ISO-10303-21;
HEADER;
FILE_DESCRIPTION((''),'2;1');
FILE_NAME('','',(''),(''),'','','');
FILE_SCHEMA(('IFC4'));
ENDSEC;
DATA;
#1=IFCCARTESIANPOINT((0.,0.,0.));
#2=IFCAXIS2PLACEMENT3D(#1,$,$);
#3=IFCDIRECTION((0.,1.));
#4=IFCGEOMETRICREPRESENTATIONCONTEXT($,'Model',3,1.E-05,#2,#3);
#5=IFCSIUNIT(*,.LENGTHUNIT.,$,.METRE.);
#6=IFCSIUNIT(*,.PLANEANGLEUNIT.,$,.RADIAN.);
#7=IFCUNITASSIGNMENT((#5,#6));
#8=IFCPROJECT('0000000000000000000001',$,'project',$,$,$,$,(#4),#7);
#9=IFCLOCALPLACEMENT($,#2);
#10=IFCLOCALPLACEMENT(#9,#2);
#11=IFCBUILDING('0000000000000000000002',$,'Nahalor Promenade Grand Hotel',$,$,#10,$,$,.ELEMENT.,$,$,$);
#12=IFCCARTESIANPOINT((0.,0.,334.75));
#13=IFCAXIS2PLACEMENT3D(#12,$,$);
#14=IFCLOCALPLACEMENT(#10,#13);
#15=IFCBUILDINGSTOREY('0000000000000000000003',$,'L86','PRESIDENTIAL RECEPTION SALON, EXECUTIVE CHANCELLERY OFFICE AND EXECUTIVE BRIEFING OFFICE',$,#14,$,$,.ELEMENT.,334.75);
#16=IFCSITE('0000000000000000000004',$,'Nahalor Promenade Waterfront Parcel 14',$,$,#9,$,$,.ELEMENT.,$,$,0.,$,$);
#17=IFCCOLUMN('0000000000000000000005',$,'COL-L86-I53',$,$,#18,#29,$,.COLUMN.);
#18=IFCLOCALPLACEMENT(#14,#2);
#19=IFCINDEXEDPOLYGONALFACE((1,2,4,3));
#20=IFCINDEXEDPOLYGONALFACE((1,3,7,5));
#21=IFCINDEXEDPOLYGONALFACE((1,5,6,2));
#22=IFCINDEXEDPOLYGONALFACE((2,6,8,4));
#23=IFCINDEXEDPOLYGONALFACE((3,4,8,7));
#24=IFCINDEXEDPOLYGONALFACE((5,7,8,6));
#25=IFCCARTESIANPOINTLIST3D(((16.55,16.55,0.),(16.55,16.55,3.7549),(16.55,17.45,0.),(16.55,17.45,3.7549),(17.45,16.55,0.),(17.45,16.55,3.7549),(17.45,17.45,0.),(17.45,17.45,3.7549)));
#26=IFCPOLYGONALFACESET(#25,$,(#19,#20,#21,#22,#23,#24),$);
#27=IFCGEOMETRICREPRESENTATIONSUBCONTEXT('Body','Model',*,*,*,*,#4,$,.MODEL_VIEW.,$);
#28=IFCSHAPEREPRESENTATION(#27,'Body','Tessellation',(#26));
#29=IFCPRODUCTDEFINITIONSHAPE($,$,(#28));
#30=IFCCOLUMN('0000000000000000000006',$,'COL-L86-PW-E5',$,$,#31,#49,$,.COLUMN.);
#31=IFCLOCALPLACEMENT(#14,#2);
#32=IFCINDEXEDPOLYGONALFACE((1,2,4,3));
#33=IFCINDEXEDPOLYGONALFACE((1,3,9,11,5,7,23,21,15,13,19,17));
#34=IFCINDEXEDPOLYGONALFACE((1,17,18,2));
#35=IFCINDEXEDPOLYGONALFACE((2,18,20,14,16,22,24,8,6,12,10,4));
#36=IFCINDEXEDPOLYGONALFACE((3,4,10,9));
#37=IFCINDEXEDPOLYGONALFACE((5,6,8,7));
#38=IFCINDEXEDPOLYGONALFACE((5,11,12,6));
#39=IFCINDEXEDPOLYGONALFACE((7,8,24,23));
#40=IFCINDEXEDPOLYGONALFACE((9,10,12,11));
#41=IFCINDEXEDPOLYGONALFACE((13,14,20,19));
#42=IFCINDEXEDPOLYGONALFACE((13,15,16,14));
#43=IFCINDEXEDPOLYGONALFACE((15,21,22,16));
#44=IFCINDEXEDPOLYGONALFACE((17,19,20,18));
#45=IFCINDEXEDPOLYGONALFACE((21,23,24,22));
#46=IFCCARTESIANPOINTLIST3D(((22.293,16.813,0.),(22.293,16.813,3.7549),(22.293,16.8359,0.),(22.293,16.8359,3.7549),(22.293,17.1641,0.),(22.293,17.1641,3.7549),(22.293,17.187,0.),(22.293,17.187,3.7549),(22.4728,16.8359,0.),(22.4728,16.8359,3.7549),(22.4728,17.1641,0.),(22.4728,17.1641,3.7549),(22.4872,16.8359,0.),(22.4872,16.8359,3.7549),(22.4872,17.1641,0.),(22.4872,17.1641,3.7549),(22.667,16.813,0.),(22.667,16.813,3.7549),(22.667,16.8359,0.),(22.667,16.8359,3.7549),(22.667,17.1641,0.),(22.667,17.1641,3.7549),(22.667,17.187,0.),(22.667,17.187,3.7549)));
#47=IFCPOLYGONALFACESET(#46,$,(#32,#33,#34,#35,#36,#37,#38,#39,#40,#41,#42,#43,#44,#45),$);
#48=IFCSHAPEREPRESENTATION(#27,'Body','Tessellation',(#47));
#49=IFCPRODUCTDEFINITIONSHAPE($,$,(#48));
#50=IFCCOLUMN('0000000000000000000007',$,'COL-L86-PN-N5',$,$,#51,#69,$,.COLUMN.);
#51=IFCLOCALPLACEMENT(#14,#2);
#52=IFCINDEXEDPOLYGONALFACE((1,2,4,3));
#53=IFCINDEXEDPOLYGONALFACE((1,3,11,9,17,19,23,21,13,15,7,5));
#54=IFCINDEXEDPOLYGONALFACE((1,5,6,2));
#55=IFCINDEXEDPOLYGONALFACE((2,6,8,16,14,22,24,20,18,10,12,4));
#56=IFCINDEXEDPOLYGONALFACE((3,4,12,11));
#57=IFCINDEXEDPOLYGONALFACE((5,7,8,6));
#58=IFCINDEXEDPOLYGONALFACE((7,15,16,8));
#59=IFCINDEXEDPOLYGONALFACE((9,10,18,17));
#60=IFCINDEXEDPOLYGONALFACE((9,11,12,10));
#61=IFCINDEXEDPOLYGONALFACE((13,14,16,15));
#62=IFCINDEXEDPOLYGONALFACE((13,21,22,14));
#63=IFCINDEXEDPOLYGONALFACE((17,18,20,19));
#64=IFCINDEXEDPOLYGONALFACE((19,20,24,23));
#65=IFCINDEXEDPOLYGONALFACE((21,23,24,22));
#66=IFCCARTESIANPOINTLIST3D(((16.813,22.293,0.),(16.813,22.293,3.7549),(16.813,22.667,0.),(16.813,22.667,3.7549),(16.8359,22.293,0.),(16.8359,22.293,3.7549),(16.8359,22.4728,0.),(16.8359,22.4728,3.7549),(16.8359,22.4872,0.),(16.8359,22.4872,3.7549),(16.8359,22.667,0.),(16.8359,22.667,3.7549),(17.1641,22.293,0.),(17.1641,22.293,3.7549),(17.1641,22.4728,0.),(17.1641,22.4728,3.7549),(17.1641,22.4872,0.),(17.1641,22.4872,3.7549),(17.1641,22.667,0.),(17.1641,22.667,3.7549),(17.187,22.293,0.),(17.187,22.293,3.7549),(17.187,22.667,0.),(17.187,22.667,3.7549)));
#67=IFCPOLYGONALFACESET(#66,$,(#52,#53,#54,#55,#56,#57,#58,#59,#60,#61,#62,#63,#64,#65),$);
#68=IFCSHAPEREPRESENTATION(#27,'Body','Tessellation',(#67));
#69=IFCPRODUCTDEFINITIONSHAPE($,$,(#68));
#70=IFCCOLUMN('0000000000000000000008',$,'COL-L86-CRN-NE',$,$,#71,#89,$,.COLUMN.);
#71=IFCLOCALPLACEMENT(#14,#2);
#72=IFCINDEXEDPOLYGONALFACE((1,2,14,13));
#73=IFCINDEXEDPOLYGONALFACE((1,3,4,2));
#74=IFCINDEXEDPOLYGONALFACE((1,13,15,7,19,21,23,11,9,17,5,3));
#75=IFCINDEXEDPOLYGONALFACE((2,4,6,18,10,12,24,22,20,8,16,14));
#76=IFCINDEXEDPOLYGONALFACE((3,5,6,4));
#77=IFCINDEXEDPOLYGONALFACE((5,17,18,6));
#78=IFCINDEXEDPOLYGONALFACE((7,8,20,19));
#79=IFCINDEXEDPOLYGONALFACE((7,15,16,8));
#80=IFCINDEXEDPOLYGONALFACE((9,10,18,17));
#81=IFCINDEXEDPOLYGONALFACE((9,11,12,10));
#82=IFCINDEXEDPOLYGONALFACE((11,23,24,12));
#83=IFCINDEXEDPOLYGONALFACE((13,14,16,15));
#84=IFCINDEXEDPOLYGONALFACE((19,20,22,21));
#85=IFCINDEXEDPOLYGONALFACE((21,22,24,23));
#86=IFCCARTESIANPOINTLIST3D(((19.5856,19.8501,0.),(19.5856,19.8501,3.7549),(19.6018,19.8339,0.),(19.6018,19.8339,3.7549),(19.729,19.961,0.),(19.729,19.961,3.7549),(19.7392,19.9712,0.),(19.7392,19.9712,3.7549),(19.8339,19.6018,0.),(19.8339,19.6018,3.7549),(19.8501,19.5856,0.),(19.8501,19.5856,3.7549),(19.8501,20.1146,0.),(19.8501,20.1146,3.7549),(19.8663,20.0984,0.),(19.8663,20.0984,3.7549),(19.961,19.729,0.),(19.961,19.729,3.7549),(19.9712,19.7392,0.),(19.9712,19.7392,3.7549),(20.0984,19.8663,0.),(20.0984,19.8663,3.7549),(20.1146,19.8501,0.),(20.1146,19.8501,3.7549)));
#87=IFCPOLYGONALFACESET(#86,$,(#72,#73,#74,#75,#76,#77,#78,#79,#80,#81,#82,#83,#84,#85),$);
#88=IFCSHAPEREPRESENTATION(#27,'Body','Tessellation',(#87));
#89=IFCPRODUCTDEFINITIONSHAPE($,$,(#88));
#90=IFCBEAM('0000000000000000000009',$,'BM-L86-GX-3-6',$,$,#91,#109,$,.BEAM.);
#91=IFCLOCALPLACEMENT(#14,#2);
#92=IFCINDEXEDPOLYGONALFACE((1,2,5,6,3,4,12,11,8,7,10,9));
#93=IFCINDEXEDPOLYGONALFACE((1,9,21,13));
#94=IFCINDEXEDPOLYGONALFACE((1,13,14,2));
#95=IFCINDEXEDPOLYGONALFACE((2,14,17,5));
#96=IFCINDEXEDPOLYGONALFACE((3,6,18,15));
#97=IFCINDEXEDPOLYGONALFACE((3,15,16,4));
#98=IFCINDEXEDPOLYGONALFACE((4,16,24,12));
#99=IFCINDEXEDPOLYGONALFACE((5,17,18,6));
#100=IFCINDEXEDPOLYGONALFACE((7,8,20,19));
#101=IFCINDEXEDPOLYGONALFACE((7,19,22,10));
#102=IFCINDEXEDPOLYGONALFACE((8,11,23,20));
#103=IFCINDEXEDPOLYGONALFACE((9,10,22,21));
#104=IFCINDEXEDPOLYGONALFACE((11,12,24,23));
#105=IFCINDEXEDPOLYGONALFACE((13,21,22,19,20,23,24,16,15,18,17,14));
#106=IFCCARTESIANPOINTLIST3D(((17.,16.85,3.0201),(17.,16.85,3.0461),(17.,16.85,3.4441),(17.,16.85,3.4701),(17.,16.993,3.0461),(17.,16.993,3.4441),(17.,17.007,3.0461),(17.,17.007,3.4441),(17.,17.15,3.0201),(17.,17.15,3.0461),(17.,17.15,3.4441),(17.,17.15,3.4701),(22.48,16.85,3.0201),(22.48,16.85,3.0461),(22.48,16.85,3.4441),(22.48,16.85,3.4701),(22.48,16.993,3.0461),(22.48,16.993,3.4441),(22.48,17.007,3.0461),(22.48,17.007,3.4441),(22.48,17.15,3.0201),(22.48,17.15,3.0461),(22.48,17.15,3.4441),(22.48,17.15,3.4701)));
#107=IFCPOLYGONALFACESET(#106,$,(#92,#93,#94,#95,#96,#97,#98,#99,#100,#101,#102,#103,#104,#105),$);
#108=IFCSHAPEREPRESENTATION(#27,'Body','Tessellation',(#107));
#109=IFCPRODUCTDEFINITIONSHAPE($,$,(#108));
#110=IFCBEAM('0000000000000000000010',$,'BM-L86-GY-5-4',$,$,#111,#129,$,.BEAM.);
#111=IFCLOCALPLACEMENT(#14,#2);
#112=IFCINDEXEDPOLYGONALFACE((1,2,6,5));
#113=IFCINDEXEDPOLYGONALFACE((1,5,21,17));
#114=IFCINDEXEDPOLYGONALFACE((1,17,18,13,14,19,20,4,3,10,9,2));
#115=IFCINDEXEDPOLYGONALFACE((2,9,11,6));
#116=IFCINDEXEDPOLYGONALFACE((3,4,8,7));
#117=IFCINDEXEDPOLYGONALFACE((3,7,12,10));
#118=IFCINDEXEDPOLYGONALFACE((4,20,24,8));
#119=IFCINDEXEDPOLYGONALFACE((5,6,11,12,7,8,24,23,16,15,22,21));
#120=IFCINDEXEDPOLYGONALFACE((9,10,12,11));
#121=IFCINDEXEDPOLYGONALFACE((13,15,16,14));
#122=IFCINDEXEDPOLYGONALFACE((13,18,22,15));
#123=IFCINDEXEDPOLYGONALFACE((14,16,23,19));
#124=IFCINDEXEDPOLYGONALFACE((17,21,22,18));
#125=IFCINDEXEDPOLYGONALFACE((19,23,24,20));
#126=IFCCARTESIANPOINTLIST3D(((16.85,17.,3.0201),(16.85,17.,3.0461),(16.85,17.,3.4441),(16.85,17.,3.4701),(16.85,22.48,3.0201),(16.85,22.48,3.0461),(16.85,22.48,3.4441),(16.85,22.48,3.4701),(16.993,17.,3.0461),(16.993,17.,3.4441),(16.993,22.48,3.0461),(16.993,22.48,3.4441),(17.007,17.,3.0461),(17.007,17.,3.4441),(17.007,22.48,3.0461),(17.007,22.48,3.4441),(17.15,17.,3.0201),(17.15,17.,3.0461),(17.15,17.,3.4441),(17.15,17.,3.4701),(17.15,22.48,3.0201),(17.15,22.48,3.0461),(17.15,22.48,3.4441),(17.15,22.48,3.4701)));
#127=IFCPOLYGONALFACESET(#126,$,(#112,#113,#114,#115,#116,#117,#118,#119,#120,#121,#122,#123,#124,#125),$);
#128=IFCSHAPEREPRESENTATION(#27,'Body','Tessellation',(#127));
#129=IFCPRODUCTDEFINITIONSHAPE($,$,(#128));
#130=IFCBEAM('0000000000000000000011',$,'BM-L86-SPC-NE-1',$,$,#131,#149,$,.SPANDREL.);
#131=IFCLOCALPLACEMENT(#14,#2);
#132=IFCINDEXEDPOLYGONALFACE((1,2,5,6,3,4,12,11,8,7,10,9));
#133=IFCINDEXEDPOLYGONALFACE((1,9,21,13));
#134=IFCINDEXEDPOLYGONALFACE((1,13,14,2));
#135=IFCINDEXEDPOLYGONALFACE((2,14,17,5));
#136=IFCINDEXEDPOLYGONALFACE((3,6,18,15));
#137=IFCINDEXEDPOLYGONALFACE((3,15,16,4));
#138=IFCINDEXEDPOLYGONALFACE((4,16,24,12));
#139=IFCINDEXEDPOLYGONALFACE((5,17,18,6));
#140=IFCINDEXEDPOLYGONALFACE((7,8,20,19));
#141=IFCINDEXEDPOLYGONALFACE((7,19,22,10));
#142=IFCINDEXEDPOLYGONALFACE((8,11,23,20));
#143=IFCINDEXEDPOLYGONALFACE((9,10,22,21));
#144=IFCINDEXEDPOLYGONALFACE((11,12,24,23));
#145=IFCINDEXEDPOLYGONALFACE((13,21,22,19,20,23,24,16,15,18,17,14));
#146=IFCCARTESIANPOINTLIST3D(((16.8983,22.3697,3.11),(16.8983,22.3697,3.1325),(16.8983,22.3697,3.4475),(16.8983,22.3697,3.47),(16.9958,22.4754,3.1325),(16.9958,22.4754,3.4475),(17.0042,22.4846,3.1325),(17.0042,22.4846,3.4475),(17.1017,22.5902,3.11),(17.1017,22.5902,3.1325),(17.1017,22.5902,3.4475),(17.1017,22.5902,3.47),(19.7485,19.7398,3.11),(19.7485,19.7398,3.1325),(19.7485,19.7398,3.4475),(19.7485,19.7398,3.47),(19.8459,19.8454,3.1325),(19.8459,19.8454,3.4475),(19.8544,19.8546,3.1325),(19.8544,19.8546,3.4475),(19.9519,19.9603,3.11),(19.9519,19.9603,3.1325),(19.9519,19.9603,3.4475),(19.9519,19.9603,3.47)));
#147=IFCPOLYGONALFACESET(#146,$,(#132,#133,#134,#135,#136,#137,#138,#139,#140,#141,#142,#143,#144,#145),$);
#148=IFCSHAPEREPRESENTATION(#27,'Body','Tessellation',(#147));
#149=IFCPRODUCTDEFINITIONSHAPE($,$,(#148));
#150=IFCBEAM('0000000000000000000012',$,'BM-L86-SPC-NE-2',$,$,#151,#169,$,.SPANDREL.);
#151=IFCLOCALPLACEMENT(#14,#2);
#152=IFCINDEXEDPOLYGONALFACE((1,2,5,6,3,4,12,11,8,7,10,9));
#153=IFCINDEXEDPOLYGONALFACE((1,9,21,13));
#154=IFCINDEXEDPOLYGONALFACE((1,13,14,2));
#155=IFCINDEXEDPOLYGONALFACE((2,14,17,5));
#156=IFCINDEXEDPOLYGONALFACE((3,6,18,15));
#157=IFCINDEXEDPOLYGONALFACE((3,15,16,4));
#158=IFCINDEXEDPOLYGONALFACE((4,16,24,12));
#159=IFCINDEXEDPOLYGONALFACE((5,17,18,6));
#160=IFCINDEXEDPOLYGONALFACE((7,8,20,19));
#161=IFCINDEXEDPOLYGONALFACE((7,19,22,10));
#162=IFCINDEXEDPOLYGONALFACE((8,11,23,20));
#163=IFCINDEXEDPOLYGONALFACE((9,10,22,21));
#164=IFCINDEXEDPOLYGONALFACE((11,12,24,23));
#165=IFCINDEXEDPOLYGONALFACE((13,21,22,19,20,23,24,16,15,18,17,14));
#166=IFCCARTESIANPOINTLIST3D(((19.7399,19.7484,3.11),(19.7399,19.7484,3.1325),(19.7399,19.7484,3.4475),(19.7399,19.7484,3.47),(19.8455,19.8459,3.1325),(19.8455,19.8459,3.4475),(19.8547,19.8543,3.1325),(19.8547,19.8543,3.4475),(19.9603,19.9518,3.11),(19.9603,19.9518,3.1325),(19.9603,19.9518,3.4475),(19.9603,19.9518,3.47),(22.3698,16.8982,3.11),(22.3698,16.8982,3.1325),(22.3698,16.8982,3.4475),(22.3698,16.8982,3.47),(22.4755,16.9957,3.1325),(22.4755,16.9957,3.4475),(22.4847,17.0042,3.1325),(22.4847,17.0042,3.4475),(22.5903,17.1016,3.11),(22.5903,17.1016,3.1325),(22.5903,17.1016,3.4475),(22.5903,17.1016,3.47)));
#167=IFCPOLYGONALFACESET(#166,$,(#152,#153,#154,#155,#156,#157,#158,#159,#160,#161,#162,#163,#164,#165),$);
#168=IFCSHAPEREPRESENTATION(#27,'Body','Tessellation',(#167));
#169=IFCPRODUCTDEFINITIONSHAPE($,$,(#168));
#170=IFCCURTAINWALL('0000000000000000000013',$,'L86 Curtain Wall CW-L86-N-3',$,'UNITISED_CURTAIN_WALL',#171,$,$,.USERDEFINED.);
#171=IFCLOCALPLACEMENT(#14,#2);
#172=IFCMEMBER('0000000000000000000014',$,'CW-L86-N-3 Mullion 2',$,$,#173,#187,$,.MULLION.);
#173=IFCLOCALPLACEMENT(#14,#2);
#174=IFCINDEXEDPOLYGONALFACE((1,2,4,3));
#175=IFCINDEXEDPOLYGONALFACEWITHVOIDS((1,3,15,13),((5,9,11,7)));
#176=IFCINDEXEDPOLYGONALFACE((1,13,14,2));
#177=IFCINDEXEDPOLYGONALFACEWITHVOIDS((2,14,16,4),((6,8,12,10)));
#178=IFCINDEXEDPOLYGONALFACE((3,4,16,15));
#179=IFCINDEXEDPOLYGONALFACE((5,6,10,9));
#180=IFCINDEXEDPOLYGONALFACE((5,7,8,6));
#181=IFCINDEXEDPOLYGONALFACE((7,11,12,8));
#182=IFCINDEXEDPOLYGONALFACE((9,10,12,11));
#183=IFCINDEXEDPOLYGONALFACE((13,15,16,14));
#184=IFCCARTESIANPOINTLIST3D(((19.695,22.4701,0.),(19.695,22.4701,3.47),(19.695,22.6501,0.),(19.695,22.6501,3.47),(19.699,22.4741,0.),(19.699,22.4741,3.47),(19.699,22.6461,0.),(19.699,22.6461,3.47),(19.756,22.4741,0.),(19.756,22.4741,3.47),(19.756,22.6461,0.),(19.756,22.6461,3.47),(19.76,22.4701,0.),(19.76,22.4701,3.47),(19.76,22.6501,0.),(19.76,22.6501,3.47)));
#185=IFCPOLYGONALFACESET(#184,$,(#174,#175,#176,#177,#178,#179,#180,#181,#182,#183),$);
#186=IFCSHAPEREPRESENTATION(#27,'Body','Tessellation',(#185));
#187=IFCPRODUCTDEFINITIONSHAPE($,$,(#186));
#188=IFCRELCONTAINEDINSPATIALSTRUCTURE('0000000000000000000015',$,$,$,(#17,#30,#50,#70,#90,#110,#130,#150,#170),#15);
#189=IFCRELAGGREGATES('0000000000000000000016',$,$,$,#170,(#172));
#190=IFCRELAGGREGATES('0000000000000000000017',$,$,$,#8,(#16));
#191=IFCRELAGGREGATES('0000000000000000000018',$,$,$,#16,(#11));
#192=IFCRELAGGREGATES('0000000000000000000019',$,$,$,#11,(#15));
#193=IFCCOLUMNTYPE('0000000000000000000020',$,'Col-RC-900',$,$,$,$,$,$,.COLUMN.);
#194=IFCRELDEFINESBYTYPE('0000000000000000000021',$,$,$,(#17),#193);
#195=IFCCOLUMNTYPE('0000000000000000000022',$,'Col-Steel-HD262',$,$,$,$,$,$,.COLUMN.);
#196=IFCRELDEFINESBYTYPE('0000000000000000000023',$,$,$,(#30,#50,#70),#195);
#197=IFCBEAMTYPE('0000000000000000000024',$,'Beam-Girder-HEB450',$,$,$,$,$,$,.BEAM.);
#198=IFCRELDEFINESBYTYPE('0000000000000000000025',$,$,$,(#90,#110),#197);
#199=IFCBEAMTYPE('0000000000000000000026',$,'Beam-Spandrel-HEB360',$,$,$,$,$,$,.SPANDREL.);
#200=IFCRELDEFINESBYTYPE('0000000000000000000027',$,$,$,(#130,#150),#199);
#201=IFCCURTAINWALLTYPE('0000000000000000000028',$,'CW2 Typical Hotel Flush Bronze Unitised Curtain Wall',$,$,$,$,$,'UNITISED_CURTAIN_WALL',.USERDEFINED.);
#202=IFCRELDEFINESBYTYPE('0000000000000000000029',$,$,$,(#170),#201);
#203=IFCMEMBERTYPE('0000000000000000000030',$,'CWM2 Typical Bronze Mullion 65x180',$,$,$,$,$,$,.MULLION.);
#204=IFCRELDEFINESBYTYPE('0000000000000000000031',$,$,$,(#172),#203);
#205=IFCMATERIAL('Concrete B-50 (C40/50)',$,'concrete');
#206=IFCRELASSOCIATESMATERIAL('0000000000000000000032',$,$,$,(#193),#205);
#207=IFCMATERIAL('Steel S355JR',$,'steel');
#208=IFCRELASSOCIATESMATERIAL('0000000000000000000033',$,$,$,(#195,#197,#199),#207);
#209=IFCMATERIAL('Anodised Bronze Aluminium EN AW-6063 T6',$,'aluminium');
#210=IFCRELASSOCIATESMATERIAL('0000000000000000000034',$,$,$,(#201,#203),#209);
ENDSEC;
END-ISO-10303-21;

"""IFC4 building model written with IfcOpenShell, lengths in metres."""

from ifc_helpers import new_model, si_unit, direction, frame, origin, origin_2d, place, context, subcontext, project, spatial, rectangle, hollow_rectangle, i_section, extrude, source, transform, mapped, material, material_profile, profile_set, type_object, element, aggregate, save


model = new_model("IFC4")

# Units and contexts
model_context = context("Model", 3, precision=1e-05, world=origin(), true_north=direction((0.0, 1.0)))
body_context = subcontext(model_context, "Body", "Model", "MODEL_VIEW")
ifc_project = project(units=[si_unit("LENGTHUNIT", "METRE"), si_unit("PLANEANGLEUNIT", "RADIAN")], contexts=[model_context])

# Site, building, storey
site_placement = place(None, origin())
site = spatial("IfcSite", under=ifc_project, at=site_placement, Name="Nahalor Promenade Waterfront Parcel 14", CompositionType="ELEMENT", RefElevation=0.0)
building_placement = place(site_placement, origin())
building = spatial("IfcBuilding", under=site, at=building_placement, Name="Nahalor Promenade Grand Hotel", CompositionType="ELEMENT")
storey_placement = place(building_placement, frame((0.0, 0.0, 334.75)))
storey = spatial("IfcBuildingStorey", under=building, at=storey_placement, Name="L86", Description="PRESIDENTIAL RECEPTION SALON, EXECUTIVE CHANCELLERY OFFICE AND EXECUTIVE BRIEFING OFFICE", CompositionType="ELEMENT", Elevation=334.75)

# Columns
ifc_material_1 = material(Name="Concrete B-50 (C40/50)", Category="concrete")
ifc_material_profile_1 = material_profile(ifc_material_1, rectangle(XDim=0.9, YDim=0.9, at=origin_2d()), Name="RC 900x900")
ifc_profile_set_1 = profile_set([ifc_material_profile_1], Name="Concrete B-50 (C40/50)")
column_type_1 = type_object("IfcColumnType", Name="Col-RC-900", PredefinedType="COLUMN", material=ifc_profile_set_1)
shared_shape_1 = source(origin(), body_context, "Body", "SweptSolid", [
    extrude(rectangle(XDim=0.9, YDim=0.9, at=origin_2d()), origin(), (0.0, 0.0, 1.0), 3.7549),
])
column_placement = place(storey_placement, frame((17.0, 17.0, 0.0), z_axis=(0.0, 0.0, 1.0), x_axis=(1.0, 0.0, 0.0)))
element("IfcColumn", 1, at=column_placement, inside=storey, type_object=column_type_1, Name="COL-L86-I53", PredefinedType="COLUMN", context=body_context, shape_type="MappedRepresentation", body=[
    mapped(shared_shape_1, transform((0.0, 0.0, 0.0), scale=1.0)),
])
ifc_material_2 = material(Name="Steel S355JR", Category="steel")
ifc_material_profile_2 = material_profile(ifc_material_2, i_section(OverallWidth=0.374, OverallDepth=0.374, WebThickness=0.0144, FlangeThickness=0.0229, at=origin_2d()), Name="HD 360x262")
ifc_profile_set_2 = profile_set([ifc_material_profile_2], Name="Steel S355JR")
column_type_2 = type_object("IfcColumnType", Name="Col-Steel-HD262", PredefinedType="COLUMN", material=ifc_profile_set_2)
shared_shape_2 = source(origin(), body_context, "Body", "SweptSolid", [
    extrude(i_section(OverallWidth=0.374, OverallDepth=0.374, WebThickness=0.0144, FlangeThickness=0.0229, at=origin_2d()), origin(), (0.0, 0.0, 1.0), 3.7549),
])
for number, where, z_axis, x_axis, name in (
    (2, (22.48, 17.0, 0.0), (0.0, 0.0, 1.0), (1.0, 0.0, 0.0), "COL-L86-PW-E5"),
    (3, (17.0, 22.48, 0.0), (0.0, 0.0, 1.0), (0.0, 1.0, 0.0), "COL-L86-PN-N5"),
    (4, (19.8501, 19.8501, 0.0), (0.0, 0.0, 1.0), (0.707107, 0.707107, 0.0), "COL-L86-CRN-NE"),
):
    element("IfcColumn", number, at=place(storey_placement, frame(where, z_axis=z_axis, x_axis=x_axis)), inside=storey, type_object=column_type_2, Name=name, PredefinedType="COLUMN", context=body_context, shape_type="MappedRepresentation", body=[
        mapped(shared_shape_2, transform((0.0, 0.0, 0.0), scale=1.0)),
    ])

# Beams
ifc_material_profile_3 = material_profile(ifc_material_2, i_section(OverallWidth=0.3, OverallDepth=0.45, WebThickness=0.014, FlangeThickness=0.026, at=origin_2d()), Name="HEB 450")
ifc_profile_set_3 = profile_set([ifc_material_profile_3], Name="Steel S355JR")
beam_type_1 = type_object("IfcBeamType", Name="Beam-Girder-HEB450", PredefinedType="BEAM", material=ifc_profile_set_3)
shared_shape_3 = source(origin(), body_context, "Body", "SweptSolid", [
    extrude(i_section(OverallWidth=0.3, OverallDepth=0.45, WebThickness=0.014, FlangeThickness=0.026, at=origin_2d()), origin(), (0.0, 0.0, 1.0), 5.48),
])
for number, where, z_axis, x_axis, name in (
    (5, (17.0, 17.0, 3.2451), (1.0, 0.0, 0.0), (0.0, 1.0, 0.0), "BM-L86-GX-3-6"),
    (6, (17.0, 17.0, 3.2451), (0.0, 1.0, 0.0), (-1.0, 0.0, 0.0), "BM-L86-GY-5-4"),
):
    element("IfcBeam", number, at=place(storey_placement, frame(where, z_axis=z_axis, x_axis=x_axis)), inside=storey, type_object=beam_type_1, Name=name, PredefinedType="BEAM", context=body_context, shape_type="MappedRepresentation", body=[
        mapped(shared_shape_3, transform((0.0, 0.0, 0.0), scale=1.0)),
    ])
ifc_material_profile_4 = material_profile(ifc_material_2, i_section(OverallWidth=0.3, OverallDepth=0.36, WebThickness=0.0125, FlangeThickness=0.0225, at=origin_2d()), Name="HEB 360")
ifc_profile_set_4 = profile_set([ifc_material_profile_4], Name="Steel S355JR")
beam_type_2 = type_object("IfcBeamType", Name="Beam-Spandrel-HEB360", PredefinedType="SPANDREL", material=ifc_profile_set_4)
shared_shape_4 = source(origin(), body_context, "Body", "SweptSolid", [
    extrude(i_section(OverallWidth=0.3, OverallDepth=0.36, WebThickness=0.0125, FlangeThickness=0.0225, at=origin_2d()), origin(), (0.0, 0.0, 1.0), 3.8782),
])
for number, where, z_axis, x_axis, name in (
    (7, (17.0, 22.48, 3.29), (0.734929, -0.678144, 0.0), (0.678144, 0.734929, 0.0), "BM-L86-SPC-NE-1"),
    (8, (19.8501, 19.8501, 3.29), (0.678144, -0.734929, 0.0), (0.734929, 0.678144, 0.0), "BM-L86-SPC-NE-2"),
):
    element("IfcBeam", number, at=place(storey_placement, frame(where, z_axis=z_axis, x_axis=x_axis)), inside=storey, type_object=beam_type_2, Name=name, PredefinedType="SPANDREL", context=body_context, shape_type="MappedRepresentation", body=[
        mapped(shared_shape_4, transform((0.0, 0.0, 0.0), scale=1.0)),
    ])

# Curtain wall, member
ifc_material_3 = material(Name="Anodised Bronze Aluminium EN AW-6063 T6", Category="aluminium")
curtain_wall_type = type_object("IfcCurtainWallType", Name="CW2 Typical Hotel Flush Bronze Unitised Curtain Wall", ElementType="UNITISED_CURTAIN_WALL", PredefinedType="USERDEFINED", material=ifc_material_3)
curtain_wall_1_placement = place(storey_placement, origin())
curtain_wall_1 = element("IfcCurtainWall", 9, at=curtain_wall_1_placement, inside=storey, type_object=curtain_wall_type, Name="L86 Curtain Wall CW-L86-N-3", ObjectType="UNITISED_CURTAIN_WALL", PredefinedType="USERDEFINED")
ifc_material_profile_5 = material_profile(ifc_material_3, hollow_rectangle(XDim=0.065, YDim=0.18, WallThickness=0.004, at=origin_2d()), Name="CWM 65x180x4")
ifc_profile_set_5 = profile_set([ifc_material_profile_5], Name="Anodised Bronze Aluminium EN AW-6063 T6")
member_type = type_object("IfcMemberType", Name="CWM2 Typical Bronze Mullion 65x180", PredefinedType="MULLION", material=ifc_profile_set_5)
shared_shape_5 = source(origin(), body_context, "Body", "SweptSolid", [
    extrude(hollow_rectangle(XDim=0.065, YDim=0.18, WallThickness=0.004, at=origin_2d()), origin(), (0.0, 0.0, 1.0), 3.47),
])
member_1_placement = place(storey_placement, frame((19.7275, 22.5601, 0.0), z_axis=(0.0, 0.0, 1.0), x_axis=(1.0, 0.0, 0.0)))
member_1 = element("IfcMember", 10, at=member_1_placement, type_object=member_type, Name="CW-L86-N-3 Mullion 2", PredefinedType="MULLION", context=body_context, shape_type="MappedRepresentation", body=[
    mapped(shared_shape_5, transform((0.0, 0.0, 0.0), scale=1.0)),
])

aggregate(curtain_wall_1, [member_1])

save(model, "model.ifc")
